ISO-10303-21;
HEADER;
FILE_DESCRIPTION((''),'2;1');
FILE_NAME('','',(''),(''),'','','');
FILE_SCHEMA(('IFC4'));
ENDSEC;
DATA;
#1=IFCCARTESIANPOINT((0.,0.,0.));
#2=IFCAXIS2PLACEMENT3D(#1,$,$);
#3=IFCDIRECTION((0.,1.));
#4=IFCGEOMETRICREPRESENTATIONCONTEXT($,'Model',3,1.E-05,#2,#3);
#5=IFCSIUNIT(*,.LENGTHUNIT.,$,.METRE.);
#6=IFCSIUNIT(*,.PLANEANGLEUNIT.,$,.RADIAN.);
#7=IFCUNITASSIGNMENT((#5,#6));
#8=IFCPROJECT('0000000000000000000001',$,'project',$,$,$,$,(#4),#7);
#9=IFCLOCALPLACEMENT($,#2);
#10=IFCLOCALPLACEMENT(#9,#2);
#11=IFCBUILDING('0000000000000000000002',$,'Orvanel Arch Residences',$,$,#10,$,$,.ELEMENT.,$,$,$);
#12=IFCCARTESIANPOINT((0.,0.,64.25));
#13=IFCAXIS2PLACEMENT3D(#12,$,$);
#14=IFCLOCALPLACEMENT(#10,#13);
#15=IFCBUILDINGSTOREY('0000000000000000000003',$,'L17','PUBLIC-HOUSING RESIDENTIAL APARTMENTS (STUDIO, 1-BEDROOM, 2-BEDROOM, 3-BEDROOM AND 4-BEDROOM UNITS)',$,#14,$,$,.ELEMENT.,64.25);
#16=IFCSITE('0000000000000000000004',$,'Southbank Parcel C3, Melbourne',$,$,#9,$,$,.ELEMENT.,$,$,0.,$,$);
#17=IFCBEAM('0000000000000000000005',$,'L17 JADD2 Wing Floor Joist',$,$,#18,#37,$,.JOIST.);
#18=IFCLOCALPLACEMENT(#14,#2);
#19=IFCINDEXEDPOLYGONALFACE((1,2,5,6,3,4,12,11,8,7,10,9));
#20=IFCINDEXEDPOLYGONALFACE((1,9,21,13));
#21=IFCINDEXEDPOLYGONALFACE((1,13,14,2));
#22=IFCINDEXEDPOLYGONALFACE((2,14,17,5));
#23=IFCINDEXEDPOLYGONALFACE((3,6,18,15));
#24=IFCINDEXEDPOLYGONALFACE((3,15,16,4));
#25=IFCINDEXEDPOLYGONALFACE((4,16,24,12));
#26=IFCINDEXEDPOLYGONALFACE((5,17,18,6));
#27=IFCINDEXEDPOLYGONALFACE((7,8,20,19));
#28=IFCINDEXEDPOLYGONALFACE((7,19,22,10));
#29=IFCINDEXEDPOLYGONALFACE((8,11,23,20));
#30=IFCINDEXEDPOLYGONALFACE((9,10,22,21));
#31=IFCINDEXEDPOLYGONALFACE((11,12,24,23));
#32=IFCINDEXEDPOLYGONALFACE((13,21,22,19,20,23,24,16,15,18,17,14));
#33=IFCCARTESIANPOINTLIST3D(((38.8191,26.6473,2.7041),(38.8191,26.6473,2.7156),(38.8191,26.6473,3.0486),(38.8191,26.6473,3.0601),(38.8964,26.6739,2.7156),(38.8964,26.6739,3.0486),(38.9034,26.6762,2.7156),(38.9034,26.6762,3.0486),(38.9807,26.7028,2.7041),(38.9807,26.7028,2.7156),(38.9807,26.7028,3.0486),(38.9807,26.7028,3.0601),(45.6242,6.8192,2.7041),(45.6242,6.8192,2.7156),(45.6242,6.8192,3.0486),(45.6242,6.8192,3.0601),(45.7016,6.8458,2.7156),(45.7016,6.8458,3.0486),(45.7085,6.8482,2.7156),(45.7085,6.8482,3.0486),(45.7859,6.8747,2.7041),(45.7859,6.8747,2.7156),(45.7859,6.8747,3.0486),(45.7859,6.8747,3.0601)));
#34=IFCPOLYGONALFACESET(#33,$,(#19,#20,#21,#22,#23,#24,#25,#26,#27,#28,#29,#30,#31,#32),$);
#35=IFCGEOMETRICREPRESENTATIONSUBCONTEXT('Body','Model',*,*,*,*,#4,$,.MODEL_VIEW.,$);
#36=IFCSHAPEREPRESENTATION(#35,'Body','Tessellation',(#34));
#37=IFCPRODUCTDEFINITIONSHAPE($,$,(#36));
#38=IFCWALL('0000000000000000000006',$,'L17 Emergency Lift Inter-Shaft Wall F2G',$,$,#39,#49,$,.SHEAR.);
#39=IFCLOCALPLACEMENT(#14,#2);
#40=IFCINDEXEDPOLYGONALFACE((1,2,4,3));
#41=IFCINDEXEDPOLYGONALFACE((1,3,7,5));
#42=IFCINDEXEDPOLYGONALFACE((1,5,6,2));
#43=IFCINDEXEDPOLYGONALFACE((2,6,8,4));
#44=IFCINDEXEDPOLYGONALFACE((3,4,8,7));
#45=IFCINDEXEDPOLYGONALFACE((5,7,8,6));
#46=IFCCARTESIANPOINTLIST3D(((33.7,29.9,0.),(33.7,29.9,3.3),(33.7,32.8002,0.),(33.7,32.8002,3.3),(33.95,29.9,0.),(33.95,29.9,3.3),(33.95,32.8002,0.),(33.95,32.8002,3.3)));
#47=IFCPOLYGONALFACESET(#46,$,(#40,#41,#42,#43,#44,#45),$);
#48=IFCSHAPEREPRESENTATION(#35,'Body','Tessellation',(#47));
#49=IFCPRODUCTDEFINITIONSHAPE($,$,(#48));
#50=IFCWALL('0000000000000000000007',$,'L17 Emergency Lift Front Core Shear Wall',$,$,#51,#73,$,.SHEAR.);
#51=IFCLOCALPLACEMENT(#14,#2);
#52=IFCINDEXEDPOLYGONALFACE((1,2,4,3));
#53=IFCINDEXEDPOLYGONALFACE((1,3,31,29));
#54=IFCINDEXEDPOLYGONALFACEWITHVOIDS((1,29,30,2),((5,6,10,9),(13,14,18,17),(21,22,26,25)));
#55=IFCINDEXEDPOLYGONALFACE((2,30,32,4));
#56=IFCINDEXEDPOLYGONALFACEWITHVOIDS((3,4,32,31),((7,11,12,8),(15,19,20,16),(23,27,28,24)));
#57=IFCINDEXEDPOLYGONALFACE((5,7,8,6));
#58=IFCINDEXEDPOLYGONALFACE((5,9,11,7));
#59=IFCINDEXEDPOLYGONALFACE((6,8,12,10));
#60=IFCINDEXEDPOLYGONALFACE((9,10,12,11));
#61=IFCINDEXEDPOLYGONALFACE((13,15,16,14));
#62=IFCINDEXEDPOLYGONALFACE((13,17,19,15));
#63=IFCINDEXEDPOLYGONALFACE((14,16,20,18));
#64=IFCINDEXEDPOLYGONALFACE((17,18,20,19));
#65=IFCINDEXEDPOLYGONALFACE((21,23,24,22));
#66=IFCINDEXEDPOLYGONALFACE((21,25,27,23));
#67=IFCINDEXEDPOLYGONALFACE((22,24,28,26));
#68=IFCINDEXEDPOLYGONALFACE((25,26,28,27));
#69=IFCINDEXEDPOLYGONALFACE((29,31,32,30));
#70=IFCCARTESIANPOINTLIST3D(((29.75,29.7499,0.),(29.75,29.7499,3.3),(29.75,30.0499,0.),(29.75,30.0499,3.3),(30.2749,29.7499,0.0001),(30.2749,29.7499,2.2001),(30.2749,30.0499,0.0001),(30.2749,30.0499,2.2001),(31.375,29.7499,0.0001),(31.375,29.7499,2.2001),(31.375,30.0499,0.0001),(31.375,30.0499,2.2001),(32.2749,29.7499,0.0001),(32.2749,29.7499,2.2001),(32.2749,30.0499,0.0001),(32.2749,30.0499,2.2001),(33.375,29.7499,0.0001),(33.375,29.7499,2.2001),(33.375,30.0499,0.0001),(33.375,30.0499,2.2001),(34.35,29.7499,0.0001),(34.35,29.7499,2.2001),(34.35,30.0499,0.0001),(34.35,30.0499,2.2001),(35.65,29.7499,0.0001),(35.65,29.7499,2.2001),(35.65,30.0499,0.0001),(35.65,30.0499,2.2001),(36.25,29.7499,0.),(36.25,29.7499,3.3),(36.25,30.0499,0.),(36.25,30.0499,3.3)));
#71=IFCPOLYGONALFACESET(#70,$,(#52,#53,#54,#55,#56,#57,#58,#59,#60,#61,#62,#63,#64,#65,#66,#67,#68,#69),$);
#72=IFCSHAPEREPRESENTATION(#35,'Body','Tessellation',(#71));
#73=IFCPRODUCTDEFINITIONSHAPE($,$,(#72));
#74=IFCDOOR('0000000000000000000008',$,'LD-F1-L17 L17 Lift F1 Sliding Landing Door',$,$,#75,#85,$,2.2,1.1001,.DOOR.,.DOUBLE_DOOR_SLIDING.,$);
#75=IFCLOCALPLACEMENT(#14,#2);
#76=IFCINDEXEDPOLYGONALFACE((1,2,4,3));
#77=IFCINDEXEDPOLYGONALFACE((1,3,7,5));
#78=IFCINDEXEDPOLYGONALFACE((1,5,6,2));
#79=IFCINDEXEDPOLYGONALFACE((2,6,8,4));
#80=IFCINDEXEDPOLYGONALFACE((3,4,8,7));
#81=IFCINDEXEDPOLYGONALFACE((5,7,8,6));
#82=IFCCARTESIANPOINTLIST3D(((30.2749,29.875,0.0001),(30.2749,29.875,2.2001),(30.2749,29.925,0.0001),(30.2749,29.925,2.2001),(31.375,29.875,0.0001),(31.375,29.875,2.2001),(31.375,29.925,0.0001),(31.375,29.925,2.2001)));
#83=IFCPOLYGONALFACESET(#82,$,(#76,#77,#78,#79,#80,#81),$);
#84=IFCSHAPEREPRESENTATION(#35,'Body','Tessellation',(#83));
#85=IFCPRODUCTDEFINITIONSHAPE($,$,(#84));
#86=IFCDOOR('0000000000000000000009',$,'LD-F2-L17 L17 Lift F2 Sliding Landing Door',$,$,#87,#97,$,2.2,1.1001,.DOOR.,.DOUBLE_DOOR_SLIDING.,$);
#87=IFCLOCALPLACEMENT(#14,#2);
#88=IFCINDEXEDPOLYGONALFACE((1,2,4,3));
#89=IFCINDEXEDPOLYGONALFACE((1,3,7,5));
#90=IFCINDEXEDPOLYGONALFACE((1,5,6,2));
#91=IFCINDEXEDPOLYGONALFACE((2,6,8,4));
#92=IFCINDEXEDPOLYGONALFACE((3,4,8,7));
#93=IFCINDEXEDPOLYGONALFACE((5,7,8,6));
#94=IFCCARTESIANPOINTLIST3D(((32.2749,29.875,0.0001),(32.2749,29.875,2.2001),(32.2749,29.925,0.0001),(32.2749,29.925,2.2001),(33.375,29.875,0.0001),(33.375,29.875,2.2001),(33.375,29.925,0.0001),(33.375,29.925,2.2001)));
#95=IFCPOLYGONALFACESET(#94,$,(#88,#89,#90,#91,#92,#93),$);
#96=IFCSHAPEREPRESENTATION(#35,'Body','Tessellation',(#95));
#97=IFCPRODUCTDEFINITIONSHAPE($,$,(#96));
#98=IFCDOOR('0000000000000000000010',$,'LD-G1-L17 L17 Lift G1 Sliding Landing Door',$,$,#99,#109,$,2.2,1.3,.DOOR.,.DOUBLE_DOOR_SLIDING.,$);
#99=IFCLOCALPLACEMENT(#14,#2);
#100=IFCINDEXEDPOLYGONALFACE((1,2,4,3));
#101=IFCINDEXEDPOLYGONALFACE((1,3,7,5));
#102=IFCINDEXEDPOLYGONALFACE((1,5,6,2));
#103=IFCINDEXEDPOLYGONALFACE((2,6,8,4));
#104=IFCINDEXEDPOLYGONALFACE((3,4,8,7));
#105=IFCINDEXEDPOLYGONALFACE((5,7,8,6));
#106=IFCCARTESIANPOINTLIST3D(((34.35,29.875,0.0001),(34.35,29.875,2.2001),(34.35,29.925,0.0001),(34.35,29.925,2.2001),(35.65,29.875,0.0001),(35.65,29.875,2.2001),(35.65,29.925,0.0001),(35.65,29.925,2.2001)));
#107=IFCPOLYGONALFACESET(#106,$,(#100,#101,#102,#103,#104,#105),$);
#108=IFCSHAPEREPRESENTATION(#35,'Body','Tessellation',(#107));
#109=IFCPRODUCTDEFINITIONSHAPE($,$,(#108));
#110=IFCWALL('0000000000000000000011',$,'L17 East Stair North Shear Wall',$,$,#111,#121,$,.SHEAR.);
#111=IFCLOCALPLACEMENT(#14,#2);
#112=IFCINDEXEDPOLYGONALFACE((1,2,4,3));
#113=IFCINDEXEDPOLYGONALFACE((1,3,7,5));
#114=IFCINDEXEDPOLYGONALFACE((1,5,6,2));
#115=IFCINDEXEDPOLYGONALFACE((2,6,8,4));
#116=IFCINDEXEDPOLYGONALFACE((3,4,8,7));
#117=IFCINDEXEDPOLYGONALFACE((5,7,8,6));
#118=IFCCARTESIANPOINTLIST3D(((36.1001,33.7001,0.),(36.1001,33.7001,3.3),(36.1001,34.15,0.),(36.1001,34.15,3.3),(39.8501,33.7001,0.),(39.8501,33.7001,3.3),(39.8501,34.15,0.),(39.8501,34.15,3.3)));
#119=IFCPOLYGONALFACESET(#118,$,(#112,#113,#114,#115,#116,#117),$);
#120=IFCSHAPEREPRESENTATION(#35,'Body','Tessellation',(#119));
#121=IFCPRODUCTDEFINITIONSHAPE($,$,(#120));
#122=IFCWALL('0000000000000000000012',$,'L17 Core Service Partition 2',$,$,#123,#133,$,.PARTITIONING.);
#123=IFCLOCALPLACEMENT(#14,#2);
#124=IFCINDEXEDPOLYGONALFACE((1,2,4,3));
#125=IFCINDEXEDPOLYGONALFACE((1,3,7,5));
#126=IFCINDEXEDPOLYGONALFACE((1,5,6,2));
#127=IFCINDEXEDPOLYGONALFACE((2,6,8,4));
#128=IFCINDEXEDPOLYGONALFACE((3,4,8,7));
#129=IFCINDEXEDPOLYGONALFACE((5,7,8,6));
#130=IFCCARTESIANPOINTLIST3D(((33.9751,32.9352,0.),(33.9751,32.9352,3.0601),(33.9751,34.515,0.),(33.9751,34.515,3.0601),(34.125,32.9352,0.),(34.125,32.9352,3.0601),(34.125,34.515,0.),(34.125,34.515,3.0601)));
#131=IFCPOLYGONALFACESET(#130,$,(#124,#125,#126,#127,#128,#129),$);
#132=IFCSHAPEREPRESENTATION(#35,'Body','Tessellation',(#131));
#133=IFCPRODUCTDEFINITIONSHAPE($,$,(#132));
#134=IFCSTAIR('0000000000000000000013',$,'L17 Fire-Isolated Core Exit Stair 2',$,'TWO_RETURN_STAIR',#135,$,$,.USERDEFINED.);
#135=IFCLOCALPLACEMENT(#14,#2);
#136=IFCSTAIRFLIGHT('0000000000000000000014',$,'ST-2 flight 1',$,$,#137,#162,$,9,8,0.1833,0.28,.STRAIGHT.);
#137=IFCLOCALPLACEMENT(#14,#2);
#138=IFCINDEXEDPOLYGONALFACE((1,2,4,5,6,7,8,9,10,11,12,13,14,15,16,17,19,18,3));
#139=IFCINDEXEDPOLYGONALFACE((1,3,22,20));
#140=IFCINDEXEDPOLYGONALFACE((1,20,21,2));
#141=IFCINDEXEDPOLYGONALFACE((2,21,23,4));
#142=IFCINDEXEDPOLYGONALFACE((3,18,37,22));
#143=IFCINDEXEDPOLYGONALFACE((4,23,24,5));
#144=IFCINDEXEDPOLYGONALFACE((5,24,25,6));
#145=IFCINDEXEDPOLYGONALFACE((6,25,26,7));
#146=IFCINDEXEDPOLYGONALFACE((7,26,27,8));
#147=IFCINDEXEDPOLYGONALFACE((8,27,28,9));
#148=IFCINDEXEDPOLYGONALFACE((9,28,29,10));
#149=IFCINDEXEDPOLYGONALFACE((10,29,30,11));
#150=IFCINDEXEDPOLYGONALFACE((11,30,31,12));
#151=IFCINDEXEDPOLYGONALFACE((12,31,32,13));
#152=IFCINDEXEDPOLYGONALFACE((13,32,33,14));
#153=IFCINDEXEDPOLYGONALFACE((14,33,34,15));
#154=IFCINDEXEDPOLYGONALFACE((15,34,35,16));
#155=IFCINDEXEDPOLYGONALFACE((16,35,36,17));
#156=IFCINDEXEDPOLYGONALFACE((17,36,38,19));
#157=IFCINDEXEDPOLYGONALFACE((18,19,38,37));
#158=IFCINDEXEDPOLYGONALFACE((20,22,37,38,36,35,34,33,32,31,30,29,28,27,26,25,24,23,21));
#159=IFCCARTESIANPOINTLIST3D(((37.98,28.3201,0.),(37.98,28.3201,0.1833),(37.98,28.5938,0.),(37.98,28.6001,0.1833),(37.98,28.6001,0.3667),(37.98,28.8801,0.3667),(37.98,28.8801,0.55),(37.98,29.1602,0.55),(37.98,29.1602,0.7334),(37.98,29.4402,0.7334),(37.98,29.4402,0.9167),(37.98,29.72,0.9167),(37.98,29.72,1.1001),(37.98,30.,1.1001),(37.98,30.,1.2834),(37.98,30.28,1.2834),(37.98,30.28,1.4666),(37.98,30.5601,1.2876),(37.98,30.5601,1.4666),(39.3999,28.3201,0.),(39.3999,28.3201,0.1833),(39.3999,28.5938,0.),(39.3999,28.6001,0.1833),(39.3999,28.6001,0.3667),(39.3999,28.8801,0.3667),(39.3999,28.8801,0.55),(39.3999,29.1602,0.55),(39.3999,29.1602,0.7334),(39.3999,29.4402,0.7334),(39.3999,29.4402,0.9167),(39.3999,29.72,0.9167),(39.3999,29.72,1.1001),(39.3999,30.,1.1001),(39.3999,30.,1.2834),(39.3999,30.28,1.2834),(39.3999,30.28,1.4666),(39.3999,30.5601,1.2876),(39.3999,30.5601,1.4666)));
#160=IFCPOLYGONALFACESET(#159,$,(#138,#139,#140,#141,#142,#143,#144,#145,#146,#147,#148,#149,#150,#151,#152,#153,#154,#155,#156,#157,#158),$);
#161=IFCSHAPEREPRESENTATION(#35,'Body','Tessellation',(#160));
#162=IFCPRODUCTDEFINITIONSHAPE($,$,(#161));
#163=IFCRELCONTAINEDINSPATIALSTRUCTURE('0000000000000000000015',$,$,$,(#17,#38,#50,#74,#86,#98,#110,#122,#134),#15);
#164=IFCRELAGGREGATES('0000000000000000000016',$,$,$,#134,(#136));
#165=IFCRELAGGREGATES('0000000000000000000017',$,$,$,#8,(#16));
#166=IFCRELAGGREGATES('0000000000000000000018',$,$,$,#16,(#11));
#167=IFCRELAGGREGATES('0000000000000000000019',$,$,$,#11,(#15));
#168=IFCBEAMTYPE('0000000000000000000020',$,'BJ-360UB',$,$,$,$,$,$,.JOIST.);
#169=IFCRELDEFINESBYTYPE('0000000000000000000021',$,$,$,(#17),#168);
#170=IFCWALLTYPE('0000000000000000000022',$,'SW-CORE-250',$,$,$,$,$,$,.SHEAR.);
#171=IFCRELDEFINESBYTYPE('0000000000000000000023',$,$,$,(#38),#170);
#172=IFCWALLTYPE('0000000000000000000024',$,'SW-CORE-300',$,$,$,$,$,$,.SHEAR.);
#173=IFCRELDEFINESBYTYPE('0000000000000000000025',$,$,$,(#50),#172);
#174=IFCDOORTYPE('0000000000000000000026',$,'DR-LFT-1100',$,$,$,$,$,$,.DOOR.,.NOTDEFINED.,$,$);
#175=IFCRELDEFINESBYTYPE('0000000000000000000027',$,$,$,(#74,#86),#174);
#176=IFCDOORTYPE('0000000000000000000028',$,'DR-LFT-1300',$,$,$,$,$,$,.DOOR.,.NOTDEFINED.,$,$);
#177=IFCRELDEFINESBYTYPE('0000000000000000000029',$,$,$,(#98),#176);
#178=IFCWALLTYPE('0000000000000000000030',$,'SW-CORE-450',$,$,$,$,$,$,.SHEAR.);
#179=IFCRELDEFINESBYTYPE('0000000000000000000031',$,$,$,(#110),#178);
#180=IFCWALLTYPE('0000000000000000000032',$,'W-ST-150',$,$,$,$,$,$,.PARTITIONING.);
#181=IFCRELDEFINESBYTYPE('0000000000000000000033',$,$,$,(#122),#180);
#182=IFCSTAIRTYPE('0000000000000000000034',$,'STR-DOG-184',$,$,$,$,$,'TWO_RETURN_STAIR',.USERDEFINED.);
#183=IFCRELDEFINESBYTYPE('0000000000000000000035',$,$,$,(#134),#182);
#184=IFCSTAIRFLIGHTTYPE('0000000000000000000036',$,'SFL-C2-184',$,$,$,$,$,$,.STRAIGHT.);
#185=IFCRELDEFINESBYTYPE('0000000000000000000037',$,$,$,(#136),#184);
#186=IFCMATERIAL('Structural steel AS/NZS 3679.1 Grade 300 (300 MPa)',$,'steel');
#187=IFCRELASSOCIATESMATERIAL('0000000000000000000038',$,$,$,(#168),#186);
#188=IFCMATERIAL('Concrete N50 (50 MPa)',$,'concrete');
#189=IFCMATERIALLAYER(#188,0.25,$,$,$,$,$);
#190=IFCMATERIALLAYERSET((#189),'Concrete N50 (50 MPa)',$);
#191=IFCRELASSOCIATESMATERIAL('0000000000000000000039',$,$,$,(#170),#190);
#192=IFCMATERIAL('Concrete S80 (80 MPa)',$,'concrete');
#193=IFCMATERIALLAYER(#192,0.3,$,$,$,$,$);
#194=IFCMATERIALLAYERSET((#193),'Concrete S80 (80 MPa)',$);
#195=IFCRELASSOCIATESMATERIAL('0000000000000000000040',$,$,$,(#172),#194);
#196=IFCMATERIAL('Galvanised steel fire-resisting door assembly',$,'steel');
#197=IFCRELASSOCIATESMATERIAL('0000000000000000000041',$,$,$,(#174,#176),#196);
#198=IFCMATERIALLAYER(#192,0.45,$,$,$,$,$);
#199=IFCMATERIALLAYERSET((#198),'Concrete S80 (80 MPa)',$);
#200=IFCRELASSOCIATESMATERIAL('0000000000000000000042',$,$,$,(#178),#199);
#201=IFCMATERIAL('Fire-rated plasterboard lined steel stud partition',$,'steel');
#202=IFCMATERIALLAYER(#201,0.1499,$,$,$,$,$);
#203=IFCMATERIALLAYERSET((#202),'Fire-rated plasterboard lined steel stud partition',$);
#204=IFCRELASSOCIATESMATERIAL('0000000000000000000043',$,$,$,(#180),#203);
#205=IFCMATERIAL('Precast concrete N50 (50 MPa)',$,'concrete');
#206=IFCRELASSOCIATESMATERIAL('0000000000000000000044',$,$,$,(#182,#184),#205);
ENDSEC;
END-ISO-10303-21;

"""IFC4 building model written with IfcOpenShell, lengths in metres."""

from ifc_helpers import new_model, si_unit, direction, frame, frame_2d, origin, origin_2d, place, context, subcontext, project, spatial, polyline, rectangle, i_section, outline, extrude, material, layer, layer_set, material_profile, profile_set, type_object, element, fill, aggregate, save


model = new_model("IFC4")

# Units and contexts
model_context = context("Model", 3, precision=1e-05, world=origin(), true_north=direction((0.0, 1.0)))
body_context = subcontext(model_context, "Body", "Model", "MODEL_VIEW")
ifc_project = project(units=[si_unit("LENGTHUNIT", "METRE"), si_unit("PLANEANGLEUNIT", "RADIAN")], contexts=[model_context])

# Site, building, storey
site_placement = place(None, origin())
site = spatial("IfcSite", under=ifc_project, at=site_placement, Name="Southbank Parcel C3, Melbourne", CompositionType="ELEMENT", RefElevation=0.0)
building_placement = place(site_placement, origin())
building = spatial("IfcBuilding", under=site, at=building_placement, Name="Orvanel Arch Residences", CompositionType="ELEMENT")
storey_placement = place(building_placement, frame((0.0, 0.0, 64.25)))
storey = spatial("IfcBuildingStorey", under=building, at=storey_placement, Name="L17", Description="PUBLIC-HOUSING RESIDENTIAL APARTMENTS (STUDIO, 1-BEDROOM, 2-BEDROOM, 3-BEDROOM AND 4-BEDROOM UNITS)", CompositionType="ELEMENT", Elevation=64.25)

# Beam
ifc_material_1 = material(Name="Structural steel AS/NZS 3679.1 Grade 300 (300 MPa)", Category="steel")
ifc_material_profile_1 = material_profile(ifc_material_1, i_section(OverallWidth=0.1709, OverallDepth=0.356, WebThickness=0.0073, FlangeThickness=0.0115, at=origin_2d()), Name="360UB50.7")
ifc_profile_set_1 = profile_set([ifc_material_profile_1], Name="Structural steel AS/NZS 3679.1 Grade 300 (300 MPa)")
beam_type_1 = type_object("IfcBeamType", Name="BJ-360UB", PredefinedType="JOIST", material=ifc_profile_set_1)
beam_1_placement = place(storey_placement, frame((38.8999, 26.675, 2.8821), z_axis=(0.324621, -0.945844, 0.0), x_axis=(0.945844, 0.324621, 0.0)))
element("IfcBeam", 1, at=beam_1_placement, inside=storey, type_object=beam_type_1, Name="L17 JADD2 Wing Floor Joist", PredefinedType="JOIST", context=body_context, shape_type="SweptSolid", body=[
    extrude(i_section(OverallWidth=0.1709, OverallDepth=0.356, WebThickness=0.0073, FlangeThickness=0.0115, at=origin_2d()), origin(), (0.0, 0.0, 1.0), 20.9634),
])

# Wall
ifc_material_2 = material(Name="Concrete N50 (50 MPa)", Category="concrete")
ifc_layer_1 = layer(ifc_material_2, 0.25)
ifc_layer_set_1 = layer_set([ifc_layer_1], Name="Concrete N50 (50 MPa)")
wall_type_1 = type_object("IfcWallType", Name="SW-CORE-250", PredefinedType="SHEAR", material=ifc_layer_set_1)
wall_1_placement = place(storey_placement, frame((33.825, 29.8999, 0.0), z_axis=(0.0, 0.0, 1.0), x_axis=(0.0, 1.0, 0.0)))
element("IfcWall", 2, at=wall_1_placement, inside=storey, type_object=wall_type_1, Name="L17 Emergency Lift Inter-Shaft Wall F2G", PredefinedType="SHEAR", context=body_context, shape_type="SweptSolid", body=[
    extrude(rectangle(XDim=2.9001, YDim=0.25, at=frame_2d((1.4502, 0.0))), origin(), (0.0, 0.0, 1.0), 3.3),
])

# Wall, openings, doors
ifc_material_3 = material(Name="Concrete S80 (80 MPa)", Category="concrete")
ifc_layer_2 = layer(ifc_material_3, 0.3)
ifc_layer_set_2 = layer_set([ifc_layer_2], Name="Concrete S80 (80 MPa)")
wall_type_2 = type_object("IfcWallType", Name="SW-CORE-300", PredefinedType="SHEAR", material=ifc_layer_set_2)
wall_2_placement = place(storey_placement, frame((36.25, 29.8999, 0.0), z_axis=(0.0, 0.0, 1.0), x_axis=(-1.0, 0.0, 0.0)))
wall_2 = element("IfcWall", 3, at=wall_2_placement, inside=storey, type_object=wall_type_2, Name="L17 Emergency Lift Front Core Shear Wall", PredefinedType="SHEAR", context=body_context, shape_type="SweptSolid", body=[
    extrude(rectangle(XDim=6.5, YDim=0.3, at=frame_2d((3.25, 0.0))), origin(), (0.0, 0.0, 1.0), 3.3),
])
opening_1_placement = place(wall_2_placement, frame((4.875, 0.0, 0.0)))
opening_1 = element("IfcOpeningElement", 4, at=opening_1_placement, cuts=wall_2, PredefinedType="OPENING", context=body_context, shape_type="SweptSolid", body=[
    extrude(rectangle(XDim=1.1001, YDim=2.2, at=frame_2d((0.55, 1.1001))), frame((0.0, 0.1599, 0.0), z_axis=(0.0, -1.0, 0.0), x_axis=(1.0, 0.0, 0.0)), (0.0, 0.0, 1.0), 0.3201),
])
opening_2_placement = place(wall_2_placement, frame((2.875, 0.0, 0.0)))
opening_2 = element("IfcOpeningElement", 5, at=opening_2_placement, cuts=wall_2, PredefinedType="OPENING", context=body_context, shape_type="SweptSolid", body=[
    extrude(rectangle(XDim=1.1001, YDim=2.2, at=frame_2d((0.55, 1.1001))), frame((0.0, 0.1599, 0.0), z_axis=(0.0, -1.0, 0.0), x_axis=(1.0, 0.0, 0.0)), (0.0, 0.0, 1.0), 0.3201),
])
opening_3_placement = place(wall_2_placement, frame((0.6001, 0.0, 0.0)))
opening_3 = element("IfcOpeningElement", 6, at=opening_3_placement, cuts=wall_2, PredefinedType="OPENING", context=body_context, shape_type="SweptSolid", body=[
    extrude(rectangle(XDim=1.3, YDim=2.2, at=frame_2d((0.6499, 1.1001))), frame((0.0, 0.1599, 0.0), z_axis=(0.0, -1.0, 0.0), x_axis=(1.0, 0.0, 0.0)), (0.0, 0.0, 1.0), 0.3201),
])
ifc_material_4 = material(Name="Galvanised steel fire-resisting door assembly", Category="steel")
door_type_1 = type_object("IfcDoorType", Name="DR-LFT-1100", OperationType="NOTDEFINED", PredefinedType="DOOR", material=ifc_material_4)
door_1_placement = place(opening_1_placement, origin())
door_1 = element("IfcDoor", 7, at=door_1_placement, inside=storey, type_object=door_type_1, Name="LD-F1-L17 L17 Lift F1 Sliding Landing Door", OperationType="DOUBLE_DOOR_SLIDING", OverallHeight=2.2, OverallWidth=1.1001, PredefinedType="DOOR", context=body_context, shape_type="SweptSolid", body=[
    extrude(rectangle(XDim=1.1001, YDim=2.2, at=frame_2d((0.55, 1.1001))), frame((0.0, 0.0249, 0.0), z_axis=(0.0, -1.0, 0.0), x_axis=(1.0, 0.0, 0.0)), (0.0, 0.0, 1.0), 0.05),
])
fill(opening_1, door_1)
door_2_placement = place(opening_2_placement, origin())
door_2 = element("IfcDoor", 8, at=door_2_placement, inside=storey, type_object=door_type_1, Name="LD-F2-L17 L17 Lift F2 Sliding Landing Door", OperationType="DOUBLE_DOOR_SLIDING", OverallHeight=2.2, OverallWidth=1.1001, PredefinedType="DOOR", context=body_context, shape_type="SweptSolid", body=[
    extrude(rectangle(XDim=1.1001, YDim=2.2, at=frame_2d((0.55, 1.1001))), frame((0.0, 0.0249, 0.0), z_axis=(0.0, -1.0, 0.0), x_axis=(1.0, 0.0, 0.0)), (0.0, 0.0, 1.0), 0.05),
])
fill(opening_2, door_2)
door_type_2 = type_object("IfcDoorType", Name="DR-LFT-1300", OperationType="NOTDEFINED", PredefinedType="DOOR", material=ifc_material_4)
door_3_placement = place(opening_3_placement, origin())
door_3 = element("IfcDoor", 9, at=door_3_placement, inside=storey, type_object=door_type_2, Name="LD-G1-L17 L17 Lift G1 Sliding Landing Door", OperationType="DOUBLE_DOOR_SLIDING", OverallHeight=2.2, OverallWidth=1.3, PredefinedType="DOOR", context=body_context, shape_type="SweptSolid", body=[
    extrude(rectangle(XDim=1.3, YDim=2.2, at=frame_2d((0.6499, 1.1001))), frame((0.0, 0.0249, 0.0), z_axis=(0.0, -1.0, 0.0), x_axis=(1.0, 0.0, 0.0)), (0.0, 0.0, 1.0), 0.05),
])
fill(opening_3, door_3)

# Walls
ifc_layer_3 = layer(ifc_material_3, 0.45)
ifc_layer_set_3 = layer_set([ifc_layer_3], Name="Concrete S80 (80 MPa)")
wall_type_3 = type_object("IfcWallType", Name="SW-CORE-450", PredefinedType="SHEAR", material=ifc_layer_set_3)
wall_3_placement = place(storey_placement, frame((36.1001, 33.925, 0.0), z_axis=(0.0, 0.0, 1.0), x_axis=(1.0, 0.0, 0.0)))
element("IfcWall", 10, at=wall_3_placement, inside=storey, type_object=wall_type_3, Name="L17 East Stair North Shear Wall", PredefinedType="SHEAR", context=body_context, shape_type="SweptSolid", body=[
    extrude(rectangle(XDim=3.75, YDim=0.45, at=frame_2d((1.875, 0.0))), origin(), (0.0, 0.0, 1.0), 3.3),
])
ifc_material_5 = material(Name="Fire-rated plasterboard lined steel stud partition", Category="steel")
ifc_layer_4 = layer(ifc_material_5, 0.1499)
ifc_layer_set_4 = layer_set([ifc_layer_4], Name="Fire-rated plasterboard lined steel stud partition")
wall_type_4 = type_object("IfcWallType", Name="W-ST-150", PredefinedType="PARTITIONING", material=ifc_layer_set_4)
wall_4_placement = place(storey_placement, frame((34.05, 32.9351, 0.0), z_axis=(0.0, 0.0, 1.0), x_axis=(0.0, 1.0, 0.0)))
element("IfcWall", 11, at=wall_4_placement, inside=storey, type_object=wall_type_4, Name="L17 Core Service Partition 2", PredefinedType="PARTITIONING", context=body_context, shape_type="SweptSolid", body=[
    extrude(rectangle(XDim=1.5798, YDim=0.1499, at=frame_2d((0.79, 0.0))), origin(), (0.0, 0.0, 1.0), 3.0601),
])

# Stair, stair flight
ifc_material_6 = material(Name="Precast concrete N50 (50 MPa)", Category="concrete")
stair_type = type_object("IfcStairType", Name="STR-DOG-184", ElementType="TWO_RETURN_STAIR", PredefinedType="USERDEFINED", material=ifc_material_6)
stair_placement = place(storey_placement, origin())
stair = element("IfcStair", 12, at=stair_placement, inside=storey, type_object=stair_type, Name="L17 Fire-Isolated Core Exit Stair 2", ObjectType="TWO_RETURN_STAIR", PredefinedType="USERDEFINED")
stair_flight_type = type_object("IfcStairFlightType", Name="SFL-C2-184", PredefinedType="STRAIGHT", material=ifc_material_6)
stair_flight_1_placement = place(storey_placement, frame((38.6899, 28.3201, 0.0), z_axis=(0.0, 0.0, 1.0), x_axis=(0.0, 1.0, 0.0)))
stair_flight_1 = element("IfcStairFlight", 13, at=stair_flight_1_placement, type_object=stair_flight_type, Name="ST-2 flight 1", NumberOfRisers=9, NumberOfTreads=8, PredefinedType="STRAIGHT", RiserHeight=0.1833, TreadLength=0.28, context=body_context, shape_type="SweptSolid", body=[
    extrude(outline(polyline([(0.0, 0.0), (0.0, 0.1833), (0.28, 0.1833), (0.28, 0.3667), (0.5601, 0.3667), (0.5601, 0.55), (0.8401, 0.55), (0.8401, 0.7334), (1.1201, 0.7334), (1.1201, 0.9167), (1.3999, 0.9167), (1.3999, 1.1001), (1.6799, 1.1001), (1.6799, 1.2834), (1.96, 1.2834), (1.96, 1.4666), (2.24, 1.4666), (2.24, 1.6499), (2.24, 1.2876), (0.2737, 0.0), (0.0, 0.0)])), frame((0.0, 0.71, 0.0), z_axis=(0.0, -1.0, 0.0), x_axis=(1.0, 0.0, 0.0)), (0.0, 0.0, 1.0), 1.4199),
])
aggregate(stair, [stair_flight_1])

save(model, "model.ifc")
